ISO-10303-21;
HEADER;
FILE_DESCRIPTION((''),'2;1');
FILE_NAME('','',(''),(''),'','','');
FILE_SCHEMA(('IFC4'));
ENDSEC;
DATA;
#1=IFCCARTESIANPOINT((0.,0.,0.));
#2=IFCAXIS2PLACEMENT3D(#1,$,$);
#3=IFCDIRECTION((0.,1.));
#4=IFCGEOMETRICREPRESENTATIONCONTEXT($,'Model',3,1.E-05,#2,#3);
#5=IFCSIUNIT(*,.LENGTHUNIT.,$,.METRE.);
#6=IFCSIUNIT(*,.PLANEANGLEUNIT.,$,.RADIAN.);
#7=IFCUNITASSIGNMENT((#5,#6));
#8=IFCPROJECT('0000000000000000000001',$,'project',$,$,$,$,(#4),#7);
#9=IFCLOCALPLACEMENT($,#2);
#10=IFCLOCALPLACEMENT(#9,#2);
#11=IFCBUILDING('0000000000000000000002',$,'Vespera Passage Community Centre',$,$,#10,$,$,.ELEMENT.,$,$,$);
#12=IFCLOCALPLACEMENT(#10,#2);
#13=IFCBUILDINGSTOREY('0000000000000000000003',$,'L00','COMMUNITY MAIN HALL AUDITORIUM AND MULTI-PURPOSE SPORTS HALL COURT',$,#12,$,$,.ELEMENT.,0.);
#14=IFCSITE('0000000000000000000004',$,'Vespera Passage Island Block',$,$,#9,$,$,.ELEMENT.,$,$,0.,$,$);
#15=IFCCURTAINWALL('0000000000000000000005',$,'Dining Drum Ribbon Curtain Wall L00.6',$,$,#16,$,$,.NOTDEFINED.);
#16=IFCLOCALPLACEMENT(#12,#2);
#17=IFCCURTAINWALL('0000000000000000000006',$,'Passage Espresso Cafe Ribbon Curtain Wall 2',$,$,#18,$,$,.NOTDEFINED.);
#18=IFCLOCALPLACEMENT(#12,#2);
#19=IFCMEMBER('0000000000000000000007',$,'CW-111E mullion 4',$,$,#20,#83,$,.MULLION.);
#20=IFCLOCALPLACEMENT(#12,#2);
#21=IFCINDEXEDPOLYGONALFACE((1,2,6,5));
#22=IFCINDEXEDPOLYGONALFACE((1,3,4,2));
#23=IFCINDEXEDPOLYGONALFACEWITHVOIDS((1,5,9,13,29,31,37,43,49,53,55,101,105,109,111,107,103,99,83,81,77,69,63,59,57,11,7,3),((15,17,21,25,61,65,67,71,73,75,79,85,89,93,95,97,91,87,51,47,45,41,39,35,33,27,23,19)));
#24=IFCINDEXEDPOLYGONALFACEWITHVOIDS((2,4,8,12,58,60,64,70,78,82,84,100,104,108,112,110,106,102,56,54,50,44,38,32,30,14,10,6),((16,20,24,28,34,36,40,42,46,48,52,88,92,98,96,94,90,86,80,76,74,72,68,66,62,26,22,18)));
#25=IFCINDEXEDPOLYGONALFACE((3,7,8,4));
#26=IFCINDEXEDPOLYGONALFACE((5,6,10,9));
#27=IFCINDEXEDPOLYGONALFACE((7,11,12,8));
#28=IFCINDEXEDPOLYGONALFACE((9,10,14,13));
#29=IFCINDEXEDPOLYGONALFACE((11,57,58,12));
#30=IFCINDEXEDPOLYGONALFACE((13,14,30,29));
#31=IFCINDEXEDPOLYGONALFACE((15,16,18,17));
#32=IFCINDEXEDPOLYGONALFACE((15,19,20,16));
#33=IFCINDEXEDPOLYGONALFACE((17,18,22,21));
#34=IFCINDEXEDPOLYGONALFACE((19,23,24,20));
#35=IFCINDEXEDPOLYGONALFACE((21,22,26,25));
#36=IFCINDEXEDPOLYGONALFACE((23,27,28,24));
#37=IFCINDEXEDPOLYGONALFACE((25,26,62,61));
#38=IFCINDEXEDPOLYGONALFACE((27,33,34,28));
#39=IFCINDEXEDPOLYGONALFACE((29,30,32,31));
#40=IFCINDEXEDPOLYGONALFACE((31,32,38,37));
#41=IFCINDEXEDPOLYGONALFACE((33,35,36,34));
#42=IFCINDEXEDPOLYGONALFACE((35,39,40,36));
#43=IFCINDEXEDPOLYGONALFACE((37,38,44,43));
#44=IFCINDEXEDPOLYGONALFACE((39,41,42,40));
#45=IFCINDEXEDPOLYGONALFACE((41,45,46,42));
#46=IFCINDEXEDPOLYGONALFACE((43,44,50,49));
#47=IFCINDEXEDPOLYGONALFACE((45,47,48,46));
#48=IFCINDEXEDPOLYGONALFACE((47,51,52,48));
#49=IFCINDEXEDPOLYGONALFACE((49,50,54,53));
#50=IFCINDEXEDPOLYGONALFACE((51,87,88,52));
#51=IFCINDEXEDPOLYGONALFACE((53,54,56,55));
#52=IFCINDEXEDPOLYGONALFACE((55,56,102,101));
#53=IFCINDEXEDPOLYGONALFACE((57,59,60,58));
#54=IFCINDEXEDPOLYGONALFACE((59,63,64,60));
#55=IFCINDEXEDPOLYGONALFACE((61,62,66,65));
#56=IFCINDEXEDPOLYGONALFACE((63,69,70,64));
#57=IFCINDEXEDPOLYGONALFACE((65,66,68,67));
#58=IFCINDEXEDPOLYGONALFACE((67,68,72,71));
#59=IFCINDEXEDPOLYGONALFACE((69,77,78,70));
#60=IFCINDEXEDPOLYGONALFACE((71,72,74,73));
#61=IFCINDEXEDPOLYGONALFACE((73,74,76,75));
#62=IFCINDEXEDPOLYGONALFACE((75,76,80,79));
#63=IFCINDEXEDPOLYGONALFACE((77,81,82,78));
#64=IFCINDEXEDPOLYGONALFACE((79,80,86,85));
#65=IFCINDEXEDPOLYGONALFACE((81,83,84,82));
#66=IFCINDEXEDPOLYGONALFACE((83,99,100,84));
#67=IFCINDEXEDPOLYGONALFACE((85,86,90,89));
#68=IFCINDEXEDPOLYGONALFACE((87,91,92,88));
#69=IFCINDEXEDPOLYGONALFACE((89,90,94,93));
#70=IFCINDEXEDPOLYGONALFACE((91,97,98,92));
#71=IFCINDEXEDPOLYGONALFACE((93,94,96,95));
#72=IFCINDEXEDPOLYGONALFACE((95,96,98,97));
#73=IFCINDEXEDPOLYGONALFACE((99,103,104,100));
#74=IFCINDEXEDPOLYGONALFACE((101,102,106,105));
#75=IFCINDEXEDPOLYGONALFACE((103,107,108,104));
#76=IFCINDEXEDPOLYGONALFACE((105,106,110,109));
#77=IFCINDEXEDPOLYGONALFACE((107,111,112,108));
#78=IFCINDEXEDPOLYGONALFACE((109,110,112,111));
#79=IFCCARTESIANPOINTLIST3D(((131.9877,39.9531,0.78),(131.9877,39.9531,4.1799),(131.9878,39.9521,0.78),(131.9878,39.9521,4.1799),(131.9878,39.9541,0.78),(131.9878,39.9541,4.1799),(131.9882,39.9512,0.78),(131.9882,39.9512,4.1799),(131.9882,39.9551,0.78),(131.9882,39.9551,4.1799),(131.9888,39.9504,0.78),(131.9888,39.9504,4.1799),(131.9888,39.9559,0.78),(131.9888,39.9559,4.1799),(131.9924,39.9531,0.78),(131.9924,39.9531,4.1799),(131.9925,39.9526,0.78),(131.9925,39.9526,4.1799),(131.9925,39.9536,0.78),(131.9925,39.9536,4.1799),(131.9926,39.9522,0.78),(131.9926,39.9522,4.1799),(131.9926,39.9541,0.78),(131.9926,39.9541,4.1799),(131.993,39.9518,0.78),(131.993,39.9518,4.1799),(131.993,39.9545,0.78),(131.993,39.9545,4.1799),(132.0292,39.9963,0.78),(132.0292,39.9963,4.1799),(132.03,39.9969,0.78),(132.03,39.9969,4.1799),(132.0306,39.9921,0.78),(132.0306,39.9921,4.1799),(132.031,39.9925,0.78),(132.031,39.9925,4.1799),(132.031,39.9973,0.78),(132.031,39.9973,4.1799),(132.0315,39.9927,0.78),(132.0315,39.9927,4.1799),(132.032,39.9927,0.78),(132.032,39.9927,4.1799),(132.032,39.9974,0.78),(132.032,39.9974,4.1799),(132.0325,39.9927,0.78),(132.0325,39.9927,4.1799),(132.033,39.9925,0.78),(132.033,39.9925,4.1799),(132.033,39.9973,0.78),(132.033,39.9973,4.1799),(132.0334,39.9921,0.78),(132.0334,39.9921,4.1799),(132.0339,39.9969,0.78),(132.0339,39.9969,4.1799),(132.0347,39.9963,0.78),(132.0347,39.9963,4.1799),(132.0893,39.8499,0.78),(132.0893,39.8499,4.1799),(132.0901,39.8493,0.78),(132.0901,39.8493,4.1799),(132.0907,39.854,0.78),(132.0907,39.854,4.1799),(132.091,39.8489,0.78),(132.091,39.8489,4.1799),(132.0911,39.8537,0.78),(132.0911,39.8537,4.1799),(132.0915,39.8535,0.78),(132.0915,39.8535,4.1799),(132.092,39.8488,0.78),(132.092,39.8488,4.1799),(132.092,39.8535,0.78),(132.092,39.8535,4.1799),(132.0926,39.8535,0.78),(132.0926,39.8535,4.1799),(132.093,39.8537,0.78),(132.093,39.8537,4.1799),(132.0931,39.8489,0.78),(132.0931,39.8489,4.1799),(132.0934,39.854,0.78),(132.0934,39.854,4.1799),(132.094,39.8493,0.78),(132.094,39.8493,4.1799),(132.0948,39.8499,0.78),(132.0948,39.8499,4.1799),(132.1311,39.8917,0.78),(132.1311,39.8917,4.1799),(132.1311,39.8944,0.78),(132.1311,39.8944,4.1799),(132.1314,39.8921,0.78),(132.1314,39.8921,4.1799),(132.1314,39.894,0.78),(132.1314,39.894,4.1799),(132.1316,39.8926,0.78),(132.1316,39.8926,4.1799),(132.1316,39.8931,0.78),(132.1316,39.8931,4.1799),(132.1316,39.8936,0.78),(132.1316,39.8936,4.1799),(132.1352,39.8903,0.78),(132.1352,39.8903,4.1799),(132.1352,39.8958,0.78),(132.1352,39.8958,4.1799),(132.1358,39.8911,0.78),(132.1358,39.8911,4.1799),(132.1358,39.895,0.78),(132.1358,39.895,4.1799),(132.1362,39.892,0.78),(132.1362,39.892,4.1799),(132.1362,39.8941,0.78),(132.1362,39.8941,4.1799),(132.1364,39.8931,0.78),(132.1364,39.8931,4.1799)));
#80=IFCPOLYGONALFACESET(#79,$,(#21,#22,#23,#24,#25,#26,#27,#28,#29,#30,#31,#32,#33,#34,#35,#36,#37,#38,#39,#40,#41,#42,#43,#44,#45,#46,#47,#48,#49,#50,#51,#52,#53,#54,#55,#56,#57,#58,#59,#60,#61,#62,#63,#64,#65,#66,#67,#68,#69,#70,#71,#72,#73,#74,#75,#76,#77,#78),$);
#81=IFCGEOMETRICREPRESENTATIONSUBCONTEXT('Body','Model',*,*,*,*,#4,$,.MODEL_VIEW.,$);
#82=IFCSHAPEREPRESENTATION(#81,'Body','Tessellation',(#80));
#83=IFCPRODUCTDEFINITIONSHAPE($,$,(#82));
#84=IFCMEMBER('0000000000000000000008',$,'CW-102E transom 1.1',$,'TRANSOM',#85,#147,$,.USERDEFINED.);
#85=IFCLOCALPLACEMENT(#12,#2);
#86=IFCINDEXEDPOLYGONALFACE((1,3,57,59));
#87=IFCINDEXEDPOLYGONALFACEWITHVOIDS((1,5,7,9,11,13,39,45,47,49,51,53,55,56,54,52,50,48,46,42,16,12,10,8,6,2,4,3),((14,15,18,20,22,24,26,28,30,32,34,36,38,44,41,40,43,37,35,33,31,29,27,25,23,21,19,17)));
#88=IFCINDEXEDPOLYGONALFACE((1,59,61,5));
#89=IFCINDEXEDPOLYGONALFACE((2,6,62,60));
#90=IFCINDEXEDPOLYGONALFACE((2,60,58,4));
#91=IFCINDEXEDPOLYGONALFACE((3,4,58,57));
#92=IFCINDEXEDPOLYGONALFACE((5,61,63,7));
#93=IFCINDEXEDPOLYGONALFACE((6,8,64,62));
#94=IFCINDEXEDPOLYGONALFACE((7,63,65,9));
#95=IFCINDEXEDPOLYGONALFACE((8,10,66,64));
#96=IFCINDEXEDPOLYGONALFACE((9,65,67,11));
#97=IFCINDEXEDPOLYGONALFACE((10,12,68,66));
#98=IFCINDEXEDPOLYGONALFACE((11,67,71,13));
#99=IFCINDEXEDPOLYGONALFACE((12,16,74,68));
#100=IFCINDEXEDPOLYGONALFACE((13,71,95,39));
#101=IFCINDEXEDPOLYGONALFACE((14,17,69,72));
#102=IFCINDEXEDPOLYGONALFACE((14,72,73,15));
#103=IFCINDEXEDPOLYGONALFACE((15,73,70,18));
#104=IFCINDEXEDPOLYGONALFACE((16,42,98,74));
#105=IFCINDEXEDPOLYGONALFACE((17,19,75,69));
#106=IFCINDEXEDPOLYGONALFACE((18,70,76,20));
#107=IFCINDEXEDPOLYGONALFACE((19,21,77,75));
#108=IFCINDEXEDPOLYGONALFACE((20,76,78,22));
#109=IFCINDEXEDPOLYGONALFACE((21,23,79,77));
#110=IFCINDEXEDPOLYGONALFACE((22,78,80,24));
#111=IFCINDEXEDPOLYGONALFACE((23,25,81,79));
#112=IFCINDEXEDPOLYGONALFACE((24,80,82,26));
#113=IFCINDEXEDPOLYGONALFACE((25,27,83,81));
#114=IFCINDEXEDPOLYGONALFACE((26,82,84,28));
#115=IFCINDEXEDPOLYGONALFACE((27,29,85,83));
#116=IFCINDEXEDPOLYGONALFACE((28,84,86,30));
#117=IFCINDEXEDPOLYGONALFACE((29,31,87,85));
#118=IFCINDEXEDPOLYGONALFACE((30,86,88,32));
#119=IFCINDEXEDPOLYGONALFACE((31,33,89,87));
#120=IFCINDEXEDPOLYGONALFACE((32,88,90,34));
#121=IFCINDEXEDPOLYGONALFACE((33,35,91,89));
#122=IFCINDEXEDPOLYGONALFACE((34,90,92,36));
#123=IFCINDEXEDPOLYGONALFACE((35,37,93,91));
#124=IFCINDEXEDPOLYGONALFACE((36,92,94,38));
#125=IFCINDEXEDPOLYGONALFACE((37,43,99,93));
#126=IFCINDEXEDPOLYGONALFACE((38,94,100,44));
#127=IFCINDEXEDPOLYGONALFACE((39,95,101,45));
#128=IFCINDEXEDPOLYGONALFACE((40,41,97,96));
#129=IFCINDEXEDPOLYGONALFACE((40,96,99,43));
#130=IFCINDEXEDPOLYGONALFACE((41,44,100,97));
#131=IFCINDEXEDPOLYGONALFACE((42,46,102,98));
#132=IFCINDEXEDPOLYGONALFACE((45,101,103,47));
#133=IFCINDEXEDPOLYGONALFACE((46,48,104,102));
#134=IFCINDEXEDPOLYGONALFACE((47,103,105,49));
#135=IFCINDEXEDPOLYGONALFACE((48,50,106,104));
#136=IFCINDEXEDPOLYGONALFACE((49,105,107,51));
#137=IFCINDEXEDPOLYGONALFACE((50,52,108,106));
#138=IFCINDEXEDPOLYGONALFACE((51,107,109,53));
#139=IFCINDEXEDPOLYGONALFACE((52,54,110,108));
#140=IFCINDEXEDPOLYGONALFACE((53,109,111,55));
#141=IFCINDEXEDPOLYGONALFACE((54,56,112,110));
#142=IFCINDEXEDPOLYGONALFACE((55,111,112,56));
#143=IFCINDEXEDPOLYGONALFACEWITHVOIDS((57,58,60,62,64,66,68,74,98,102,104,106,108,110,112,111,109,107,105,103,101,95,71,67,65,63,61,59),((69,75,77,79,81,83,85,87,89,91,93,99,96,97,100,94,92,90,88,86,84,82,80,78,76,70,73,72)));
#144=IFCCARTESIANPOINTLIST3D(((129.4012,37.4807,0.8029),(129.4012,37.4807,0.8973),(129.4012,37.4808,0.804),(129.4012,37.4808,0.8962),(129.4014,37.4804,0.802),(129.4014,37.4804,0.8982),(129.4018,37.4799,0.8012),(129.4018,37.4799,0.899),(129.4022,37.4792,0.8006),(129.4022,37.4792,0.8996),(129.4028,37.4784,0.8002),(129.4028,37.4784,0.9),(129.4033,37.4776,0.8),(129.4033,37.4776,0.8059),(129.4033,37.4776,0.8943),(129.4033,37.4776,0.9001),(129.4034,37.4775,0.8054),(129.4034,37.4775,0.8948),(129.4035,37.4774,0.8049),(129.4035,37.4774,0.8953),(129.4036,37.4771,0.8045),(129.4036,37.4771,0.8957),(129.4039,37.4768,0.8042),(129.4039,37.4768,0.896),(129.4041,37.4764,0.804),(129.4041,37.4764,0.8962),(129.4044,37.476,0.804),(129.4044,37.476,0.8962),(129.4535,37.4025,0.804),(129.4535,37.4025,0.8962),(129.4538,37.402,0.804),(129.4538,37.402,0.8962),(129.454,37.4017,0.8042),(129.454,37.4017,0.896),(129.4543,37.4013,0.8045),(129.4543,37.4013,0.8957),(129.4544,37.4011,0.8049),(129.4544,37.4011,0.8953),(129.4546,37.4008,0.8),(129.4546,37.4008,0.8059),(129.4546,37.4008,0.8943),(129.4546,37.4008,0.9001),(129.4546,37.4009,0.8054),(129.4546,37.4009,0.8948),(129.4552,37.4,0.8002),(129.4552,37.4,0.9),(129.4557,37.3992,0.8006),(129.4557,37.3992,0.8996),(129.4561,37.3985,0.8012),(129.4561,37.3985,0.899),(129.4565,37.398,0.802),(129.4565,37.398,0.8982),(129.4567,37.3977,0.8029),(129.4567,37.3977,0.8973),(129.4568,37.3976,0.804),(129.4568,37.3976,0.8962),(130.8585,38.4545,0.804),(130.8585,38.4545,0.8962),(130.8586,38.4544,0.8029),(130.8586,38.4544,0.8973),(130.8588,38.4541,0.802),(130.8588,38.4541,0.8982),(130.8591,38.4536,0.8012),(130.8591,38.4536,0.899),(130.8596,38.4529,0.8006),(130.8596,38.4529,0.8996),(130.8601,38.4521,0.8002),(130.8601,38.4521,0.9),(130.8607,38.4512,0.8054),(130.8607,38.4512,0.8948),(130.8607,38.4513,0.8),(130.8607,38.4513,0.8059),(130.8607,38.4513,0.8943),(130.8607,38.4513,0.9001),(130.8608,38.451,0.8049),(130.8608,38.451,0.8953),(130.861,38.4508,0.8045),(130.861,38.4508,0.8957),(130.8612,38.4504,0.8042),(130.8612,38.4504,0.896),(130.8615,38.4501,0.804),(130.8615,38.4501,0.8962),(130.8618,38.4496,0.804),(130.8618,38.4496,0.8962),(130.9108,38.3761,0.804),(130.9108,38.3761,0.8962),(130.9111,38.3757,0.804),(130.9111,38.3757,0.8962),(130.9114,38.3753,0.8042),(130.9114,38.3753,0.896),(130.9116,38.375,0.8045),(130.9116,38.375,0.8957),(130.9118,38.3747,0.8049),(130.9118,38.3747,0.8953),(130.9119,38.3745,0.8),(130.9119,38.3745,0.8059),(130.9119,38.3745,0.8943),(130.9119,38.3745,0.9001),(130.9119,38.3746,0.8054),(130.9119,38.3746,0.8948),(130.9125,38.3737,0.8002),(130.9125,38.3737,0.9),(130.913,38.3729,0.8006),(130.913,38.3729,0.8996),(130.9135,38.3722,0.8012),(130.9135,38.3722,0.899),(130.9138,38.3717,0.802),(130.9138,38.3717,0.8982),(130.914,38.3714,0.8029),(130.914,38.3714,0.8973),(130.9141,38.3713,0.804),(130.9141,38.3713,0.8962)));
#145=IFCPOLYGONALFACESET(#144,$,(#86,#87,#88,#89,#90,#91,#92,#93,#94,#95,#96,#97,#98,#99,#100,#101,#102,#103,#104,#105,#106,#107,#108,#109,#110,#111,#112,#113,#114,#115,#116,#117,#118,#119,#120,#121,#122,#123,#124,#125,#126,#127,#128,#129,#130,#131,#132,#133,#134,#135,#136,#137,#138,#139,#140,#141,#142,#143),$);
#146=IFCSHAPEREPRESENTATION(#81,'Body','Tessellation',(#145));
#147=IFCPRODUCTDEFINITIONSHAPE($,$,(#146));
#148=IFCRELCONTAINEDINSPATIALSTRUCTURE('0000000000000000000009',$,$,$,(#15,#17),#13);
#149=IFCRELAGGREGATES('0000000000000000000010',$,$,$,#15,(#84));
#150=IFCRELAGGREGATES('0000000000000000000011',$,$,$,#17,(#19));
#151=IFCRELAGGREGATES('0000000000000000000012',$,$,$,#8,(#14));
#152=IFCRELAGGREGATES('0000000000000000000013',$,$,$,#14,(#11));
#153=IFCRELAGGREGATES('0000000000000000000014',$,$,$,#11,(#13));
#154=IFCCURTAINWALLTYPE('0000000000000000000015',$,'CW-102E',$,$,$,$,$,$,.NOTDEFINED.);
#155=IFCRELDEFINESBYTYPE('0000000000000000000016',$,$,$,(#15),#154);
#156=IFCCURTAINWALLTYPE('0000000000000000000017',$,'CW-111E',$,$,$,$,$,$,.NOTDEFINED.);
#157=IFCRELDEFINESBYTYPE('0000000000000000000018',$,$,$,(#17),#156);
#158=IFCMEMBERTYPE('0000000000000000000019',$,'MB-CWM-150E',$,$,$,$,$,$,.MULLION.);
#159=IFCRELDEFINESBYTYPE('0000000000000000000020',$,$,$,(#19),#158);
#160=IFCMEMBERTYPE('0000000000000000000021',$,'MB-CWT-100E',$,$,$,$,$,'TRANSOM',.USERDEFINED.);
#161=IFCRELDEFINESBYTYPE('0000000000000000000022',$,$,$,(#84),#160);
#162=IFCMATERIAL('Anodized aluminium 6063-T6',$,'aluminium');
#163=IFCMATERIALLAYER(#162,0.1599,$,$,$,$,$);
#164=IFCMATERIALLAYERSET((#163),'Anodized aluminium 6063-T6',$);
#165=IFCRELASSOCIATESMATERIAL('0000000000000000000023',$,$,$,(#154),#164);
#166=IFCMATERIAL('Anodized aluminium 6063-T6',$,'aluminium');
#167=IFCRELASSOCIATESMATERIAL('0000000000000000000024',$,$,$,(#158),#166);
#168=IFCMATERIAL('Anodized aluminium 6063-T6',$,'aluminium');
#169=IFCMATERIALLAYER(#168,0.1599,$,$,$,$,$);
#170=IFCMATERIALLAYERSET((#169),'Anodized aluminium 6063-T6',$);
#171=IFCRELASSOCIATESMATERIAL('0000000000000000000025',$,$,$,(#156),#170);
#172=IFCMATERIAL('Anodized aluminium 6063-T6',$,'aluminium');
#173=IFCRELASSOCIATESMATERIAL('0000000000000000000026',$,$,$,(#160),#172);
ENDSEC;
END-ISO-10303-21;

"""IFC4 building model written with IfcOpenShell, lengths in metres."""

from ifc_helpers import new_model, si_unit, direction, frame, origin, origin_2d, place, context, subcontext, project, spatial, hollow_rectangle, extrude, material, layer, layer_set, material_profile, profile_set, type_object, element, aggregate, save


model = new_model("IFC4")

# Units and contexts
model_context = context("Model", 3, precision=1e-05, world=origin(), true_north=direction((0.0, 1.0)))
body_context = subcontext(model_context, "Body", "Model", "MODEL_VIEW")
ifc_project = project(units=[si_unit("LENGTHUNIT", "METRE"), si_unit("PLANEANGLEUNIT", "RADIAN")], contexts=[model_context])

# Site, building, storey
site_placement = place(None, origin())
site = spatial("IfcSite", under=ifc_project, at=site_placement, Name="Vespera Passage Island Block", CompositionType="ELEMENT", RefElevation=0.0)
building_placement = place(site_placement, origin())
building = spatial("IfcBuilding", under=site, at=building_placement, Name="Vespera Passage Community Centre", CompositionType="ELEMENT")
storey_placement = place(building_placement, origin())
storey = spatial("IfcBuildingStorey", under=building, at=storey_placement, Name="L00", Description="COMMUNITY MAIN HALL AUDITORIUM AND MULTI-PURPOSE SPORTS HALL COURT", CompositionType="ELEMENT", Elevation=0.0)

# Curtain walls, member
ifc_material_1 = material(Name="Anodized aluminium 6063-T6", Category="aluminium")
ifc_layer_1 = layer(ifc_material_1, 0.1599)
ifc_layer_set_1 = layer_set([ifc_layer_1], Name="Anodized aluminium 6063-T6")
curtain_wall_type_1 = type_object("IfcCurtainWallType", Name="CW-102E", PredefinedType="NOTDEFINED", material=ifc_layer_set_1)
curtain_wall_1_placement = place(storey_placement, origin())
curtain_wall_1 = element("IfcCurtainWall", 1, at=curtain_wall_1_placement, inside=storey, type_object=curtain_wall_type_1, Name="Dining Drum Ribbon Curtain Wall L00.6", PredefinedType="NOTDEFINED")
ifc_material_2 = material(Name="Anodized aluminium 6063-T6", Category="aluminium")
ifc_material_profile_1 = material_profile(ifc_material_2, hollow_rectangle(XDim=0.0649, YDim=0.1499, WallThickness=0.0039, InnerFilletRadius=0.002, OuterFilletRadius=0.0039, at=origin_2d()), Name="ALU150X65X4")
ifc_profile_set_1 = profile_set([ifc_material_profile_1], Name="Anodized aluminium 6063-T6")
member_type_1 = type_object("IfcMemberType", Name="MB-CWM-150E", PredefinedType="MULLION", material=ifc_profile_set_1)
ifc_material_3 = material(Name="Anodized aluminium 6063-T6", Category="aluminium")
ifc_layer_2 = layer(ifc_material_3, 0.1599)
ifc_layer_set_2 = layer_set([ifc_layer_2], Name="Anodized aluminium 6063-T6")
curtain_wall_type_2 = type_object("IfcCurtainWallType", Name="CW-111E", PredefinedType="NOTDEFINED", material=ifc_layer_set_2)
curtain_wall_2_placement = place(storey_placement, origin())
curtain_wall_2 = element("IfcCurtainWall", 2, at=curtain_wall_2_placement, inside=storey, type_object=curtain_wall_type_2, Name="Passage Espresso Cafe Ribbon Curtain Wall 2", PredefinedType="NOTDEFINED")
member_1_placement = place(storey_placement, frame((132.062, 39.9231, 0.78), z_axis=(0.0, 0.0, 1.0), x_axis=(0.707107, 0.707107, 0.0)))
member_1 = element("IfcMember", 3, at=member_1_placement, type_object=member_type_1, Name="CW-111E mullion 4", PredefinedType="MULLION", context=body_context, shape_type="SweptSolid", body=[
    extrude(hollow_rectangle(XDim=0.0649, YDim=0.1499, WallThickness=0.0039, InnerFilletRadius=0.002, OuterFilletRadius=0.0039, at=origin_2d()), origin(), (0.0, 0.0, 1.0), 3.3999),
])

# Member
ifc_material_4 = material(Name="Anodized aluminium 6063-T6", Category="aluminium")
ifc_material_profile_2 = material_profile(ifc_material_4, hollow_rectangle(XDim=0.1001, YDim=0.1001, WallThickness=0.0039, InnerFilletRadius=0.002, OuterFilletRadius=0.0039, at=origin_2d()), Name="ALU100X100X4")
ifc_profile_set_2 = profile_set([ifc_material_profile_2], Name="Anodized aluminium 6063-T6")
member_type_2 = type_object("IfcMemberType", Name="MB-CWT-100E", ElementType="TRANSOM", PredefinedType="USERDEFINED", material=ifc_profile_set_2)
member_2_placement = place(storey_placement, frame((129.429, 37.4392, 0.8501), z_axis=(0.831493, 0.555536, 0.0), x_axis=(-0.555536, 0.831493, 0.0)))
member_2 = element("IfcMember", 4, at=member_2_placement, type_object=member_type_2, Name="CW-102E transom 1.1", ObjectType="TRANSOM", PredefinedType="USERDEFINED", context=body_context, shape_type="SweptSolid", body=[
    extrude(hollow_rectangle(XDim=0.1001, YDim=0.1001, WallThickness=0.0039, InnerFilletRadius=0.002, OuterFilletRadius=0.0039, at=origin_2d()), origin(), (0.0, 0.0, 1.0), 1.7527),
])

aggregate(curtain_wall_1, [member_2])
aggregate(curtain_wall_2, [member_1])

save(model, "model.ifc")
